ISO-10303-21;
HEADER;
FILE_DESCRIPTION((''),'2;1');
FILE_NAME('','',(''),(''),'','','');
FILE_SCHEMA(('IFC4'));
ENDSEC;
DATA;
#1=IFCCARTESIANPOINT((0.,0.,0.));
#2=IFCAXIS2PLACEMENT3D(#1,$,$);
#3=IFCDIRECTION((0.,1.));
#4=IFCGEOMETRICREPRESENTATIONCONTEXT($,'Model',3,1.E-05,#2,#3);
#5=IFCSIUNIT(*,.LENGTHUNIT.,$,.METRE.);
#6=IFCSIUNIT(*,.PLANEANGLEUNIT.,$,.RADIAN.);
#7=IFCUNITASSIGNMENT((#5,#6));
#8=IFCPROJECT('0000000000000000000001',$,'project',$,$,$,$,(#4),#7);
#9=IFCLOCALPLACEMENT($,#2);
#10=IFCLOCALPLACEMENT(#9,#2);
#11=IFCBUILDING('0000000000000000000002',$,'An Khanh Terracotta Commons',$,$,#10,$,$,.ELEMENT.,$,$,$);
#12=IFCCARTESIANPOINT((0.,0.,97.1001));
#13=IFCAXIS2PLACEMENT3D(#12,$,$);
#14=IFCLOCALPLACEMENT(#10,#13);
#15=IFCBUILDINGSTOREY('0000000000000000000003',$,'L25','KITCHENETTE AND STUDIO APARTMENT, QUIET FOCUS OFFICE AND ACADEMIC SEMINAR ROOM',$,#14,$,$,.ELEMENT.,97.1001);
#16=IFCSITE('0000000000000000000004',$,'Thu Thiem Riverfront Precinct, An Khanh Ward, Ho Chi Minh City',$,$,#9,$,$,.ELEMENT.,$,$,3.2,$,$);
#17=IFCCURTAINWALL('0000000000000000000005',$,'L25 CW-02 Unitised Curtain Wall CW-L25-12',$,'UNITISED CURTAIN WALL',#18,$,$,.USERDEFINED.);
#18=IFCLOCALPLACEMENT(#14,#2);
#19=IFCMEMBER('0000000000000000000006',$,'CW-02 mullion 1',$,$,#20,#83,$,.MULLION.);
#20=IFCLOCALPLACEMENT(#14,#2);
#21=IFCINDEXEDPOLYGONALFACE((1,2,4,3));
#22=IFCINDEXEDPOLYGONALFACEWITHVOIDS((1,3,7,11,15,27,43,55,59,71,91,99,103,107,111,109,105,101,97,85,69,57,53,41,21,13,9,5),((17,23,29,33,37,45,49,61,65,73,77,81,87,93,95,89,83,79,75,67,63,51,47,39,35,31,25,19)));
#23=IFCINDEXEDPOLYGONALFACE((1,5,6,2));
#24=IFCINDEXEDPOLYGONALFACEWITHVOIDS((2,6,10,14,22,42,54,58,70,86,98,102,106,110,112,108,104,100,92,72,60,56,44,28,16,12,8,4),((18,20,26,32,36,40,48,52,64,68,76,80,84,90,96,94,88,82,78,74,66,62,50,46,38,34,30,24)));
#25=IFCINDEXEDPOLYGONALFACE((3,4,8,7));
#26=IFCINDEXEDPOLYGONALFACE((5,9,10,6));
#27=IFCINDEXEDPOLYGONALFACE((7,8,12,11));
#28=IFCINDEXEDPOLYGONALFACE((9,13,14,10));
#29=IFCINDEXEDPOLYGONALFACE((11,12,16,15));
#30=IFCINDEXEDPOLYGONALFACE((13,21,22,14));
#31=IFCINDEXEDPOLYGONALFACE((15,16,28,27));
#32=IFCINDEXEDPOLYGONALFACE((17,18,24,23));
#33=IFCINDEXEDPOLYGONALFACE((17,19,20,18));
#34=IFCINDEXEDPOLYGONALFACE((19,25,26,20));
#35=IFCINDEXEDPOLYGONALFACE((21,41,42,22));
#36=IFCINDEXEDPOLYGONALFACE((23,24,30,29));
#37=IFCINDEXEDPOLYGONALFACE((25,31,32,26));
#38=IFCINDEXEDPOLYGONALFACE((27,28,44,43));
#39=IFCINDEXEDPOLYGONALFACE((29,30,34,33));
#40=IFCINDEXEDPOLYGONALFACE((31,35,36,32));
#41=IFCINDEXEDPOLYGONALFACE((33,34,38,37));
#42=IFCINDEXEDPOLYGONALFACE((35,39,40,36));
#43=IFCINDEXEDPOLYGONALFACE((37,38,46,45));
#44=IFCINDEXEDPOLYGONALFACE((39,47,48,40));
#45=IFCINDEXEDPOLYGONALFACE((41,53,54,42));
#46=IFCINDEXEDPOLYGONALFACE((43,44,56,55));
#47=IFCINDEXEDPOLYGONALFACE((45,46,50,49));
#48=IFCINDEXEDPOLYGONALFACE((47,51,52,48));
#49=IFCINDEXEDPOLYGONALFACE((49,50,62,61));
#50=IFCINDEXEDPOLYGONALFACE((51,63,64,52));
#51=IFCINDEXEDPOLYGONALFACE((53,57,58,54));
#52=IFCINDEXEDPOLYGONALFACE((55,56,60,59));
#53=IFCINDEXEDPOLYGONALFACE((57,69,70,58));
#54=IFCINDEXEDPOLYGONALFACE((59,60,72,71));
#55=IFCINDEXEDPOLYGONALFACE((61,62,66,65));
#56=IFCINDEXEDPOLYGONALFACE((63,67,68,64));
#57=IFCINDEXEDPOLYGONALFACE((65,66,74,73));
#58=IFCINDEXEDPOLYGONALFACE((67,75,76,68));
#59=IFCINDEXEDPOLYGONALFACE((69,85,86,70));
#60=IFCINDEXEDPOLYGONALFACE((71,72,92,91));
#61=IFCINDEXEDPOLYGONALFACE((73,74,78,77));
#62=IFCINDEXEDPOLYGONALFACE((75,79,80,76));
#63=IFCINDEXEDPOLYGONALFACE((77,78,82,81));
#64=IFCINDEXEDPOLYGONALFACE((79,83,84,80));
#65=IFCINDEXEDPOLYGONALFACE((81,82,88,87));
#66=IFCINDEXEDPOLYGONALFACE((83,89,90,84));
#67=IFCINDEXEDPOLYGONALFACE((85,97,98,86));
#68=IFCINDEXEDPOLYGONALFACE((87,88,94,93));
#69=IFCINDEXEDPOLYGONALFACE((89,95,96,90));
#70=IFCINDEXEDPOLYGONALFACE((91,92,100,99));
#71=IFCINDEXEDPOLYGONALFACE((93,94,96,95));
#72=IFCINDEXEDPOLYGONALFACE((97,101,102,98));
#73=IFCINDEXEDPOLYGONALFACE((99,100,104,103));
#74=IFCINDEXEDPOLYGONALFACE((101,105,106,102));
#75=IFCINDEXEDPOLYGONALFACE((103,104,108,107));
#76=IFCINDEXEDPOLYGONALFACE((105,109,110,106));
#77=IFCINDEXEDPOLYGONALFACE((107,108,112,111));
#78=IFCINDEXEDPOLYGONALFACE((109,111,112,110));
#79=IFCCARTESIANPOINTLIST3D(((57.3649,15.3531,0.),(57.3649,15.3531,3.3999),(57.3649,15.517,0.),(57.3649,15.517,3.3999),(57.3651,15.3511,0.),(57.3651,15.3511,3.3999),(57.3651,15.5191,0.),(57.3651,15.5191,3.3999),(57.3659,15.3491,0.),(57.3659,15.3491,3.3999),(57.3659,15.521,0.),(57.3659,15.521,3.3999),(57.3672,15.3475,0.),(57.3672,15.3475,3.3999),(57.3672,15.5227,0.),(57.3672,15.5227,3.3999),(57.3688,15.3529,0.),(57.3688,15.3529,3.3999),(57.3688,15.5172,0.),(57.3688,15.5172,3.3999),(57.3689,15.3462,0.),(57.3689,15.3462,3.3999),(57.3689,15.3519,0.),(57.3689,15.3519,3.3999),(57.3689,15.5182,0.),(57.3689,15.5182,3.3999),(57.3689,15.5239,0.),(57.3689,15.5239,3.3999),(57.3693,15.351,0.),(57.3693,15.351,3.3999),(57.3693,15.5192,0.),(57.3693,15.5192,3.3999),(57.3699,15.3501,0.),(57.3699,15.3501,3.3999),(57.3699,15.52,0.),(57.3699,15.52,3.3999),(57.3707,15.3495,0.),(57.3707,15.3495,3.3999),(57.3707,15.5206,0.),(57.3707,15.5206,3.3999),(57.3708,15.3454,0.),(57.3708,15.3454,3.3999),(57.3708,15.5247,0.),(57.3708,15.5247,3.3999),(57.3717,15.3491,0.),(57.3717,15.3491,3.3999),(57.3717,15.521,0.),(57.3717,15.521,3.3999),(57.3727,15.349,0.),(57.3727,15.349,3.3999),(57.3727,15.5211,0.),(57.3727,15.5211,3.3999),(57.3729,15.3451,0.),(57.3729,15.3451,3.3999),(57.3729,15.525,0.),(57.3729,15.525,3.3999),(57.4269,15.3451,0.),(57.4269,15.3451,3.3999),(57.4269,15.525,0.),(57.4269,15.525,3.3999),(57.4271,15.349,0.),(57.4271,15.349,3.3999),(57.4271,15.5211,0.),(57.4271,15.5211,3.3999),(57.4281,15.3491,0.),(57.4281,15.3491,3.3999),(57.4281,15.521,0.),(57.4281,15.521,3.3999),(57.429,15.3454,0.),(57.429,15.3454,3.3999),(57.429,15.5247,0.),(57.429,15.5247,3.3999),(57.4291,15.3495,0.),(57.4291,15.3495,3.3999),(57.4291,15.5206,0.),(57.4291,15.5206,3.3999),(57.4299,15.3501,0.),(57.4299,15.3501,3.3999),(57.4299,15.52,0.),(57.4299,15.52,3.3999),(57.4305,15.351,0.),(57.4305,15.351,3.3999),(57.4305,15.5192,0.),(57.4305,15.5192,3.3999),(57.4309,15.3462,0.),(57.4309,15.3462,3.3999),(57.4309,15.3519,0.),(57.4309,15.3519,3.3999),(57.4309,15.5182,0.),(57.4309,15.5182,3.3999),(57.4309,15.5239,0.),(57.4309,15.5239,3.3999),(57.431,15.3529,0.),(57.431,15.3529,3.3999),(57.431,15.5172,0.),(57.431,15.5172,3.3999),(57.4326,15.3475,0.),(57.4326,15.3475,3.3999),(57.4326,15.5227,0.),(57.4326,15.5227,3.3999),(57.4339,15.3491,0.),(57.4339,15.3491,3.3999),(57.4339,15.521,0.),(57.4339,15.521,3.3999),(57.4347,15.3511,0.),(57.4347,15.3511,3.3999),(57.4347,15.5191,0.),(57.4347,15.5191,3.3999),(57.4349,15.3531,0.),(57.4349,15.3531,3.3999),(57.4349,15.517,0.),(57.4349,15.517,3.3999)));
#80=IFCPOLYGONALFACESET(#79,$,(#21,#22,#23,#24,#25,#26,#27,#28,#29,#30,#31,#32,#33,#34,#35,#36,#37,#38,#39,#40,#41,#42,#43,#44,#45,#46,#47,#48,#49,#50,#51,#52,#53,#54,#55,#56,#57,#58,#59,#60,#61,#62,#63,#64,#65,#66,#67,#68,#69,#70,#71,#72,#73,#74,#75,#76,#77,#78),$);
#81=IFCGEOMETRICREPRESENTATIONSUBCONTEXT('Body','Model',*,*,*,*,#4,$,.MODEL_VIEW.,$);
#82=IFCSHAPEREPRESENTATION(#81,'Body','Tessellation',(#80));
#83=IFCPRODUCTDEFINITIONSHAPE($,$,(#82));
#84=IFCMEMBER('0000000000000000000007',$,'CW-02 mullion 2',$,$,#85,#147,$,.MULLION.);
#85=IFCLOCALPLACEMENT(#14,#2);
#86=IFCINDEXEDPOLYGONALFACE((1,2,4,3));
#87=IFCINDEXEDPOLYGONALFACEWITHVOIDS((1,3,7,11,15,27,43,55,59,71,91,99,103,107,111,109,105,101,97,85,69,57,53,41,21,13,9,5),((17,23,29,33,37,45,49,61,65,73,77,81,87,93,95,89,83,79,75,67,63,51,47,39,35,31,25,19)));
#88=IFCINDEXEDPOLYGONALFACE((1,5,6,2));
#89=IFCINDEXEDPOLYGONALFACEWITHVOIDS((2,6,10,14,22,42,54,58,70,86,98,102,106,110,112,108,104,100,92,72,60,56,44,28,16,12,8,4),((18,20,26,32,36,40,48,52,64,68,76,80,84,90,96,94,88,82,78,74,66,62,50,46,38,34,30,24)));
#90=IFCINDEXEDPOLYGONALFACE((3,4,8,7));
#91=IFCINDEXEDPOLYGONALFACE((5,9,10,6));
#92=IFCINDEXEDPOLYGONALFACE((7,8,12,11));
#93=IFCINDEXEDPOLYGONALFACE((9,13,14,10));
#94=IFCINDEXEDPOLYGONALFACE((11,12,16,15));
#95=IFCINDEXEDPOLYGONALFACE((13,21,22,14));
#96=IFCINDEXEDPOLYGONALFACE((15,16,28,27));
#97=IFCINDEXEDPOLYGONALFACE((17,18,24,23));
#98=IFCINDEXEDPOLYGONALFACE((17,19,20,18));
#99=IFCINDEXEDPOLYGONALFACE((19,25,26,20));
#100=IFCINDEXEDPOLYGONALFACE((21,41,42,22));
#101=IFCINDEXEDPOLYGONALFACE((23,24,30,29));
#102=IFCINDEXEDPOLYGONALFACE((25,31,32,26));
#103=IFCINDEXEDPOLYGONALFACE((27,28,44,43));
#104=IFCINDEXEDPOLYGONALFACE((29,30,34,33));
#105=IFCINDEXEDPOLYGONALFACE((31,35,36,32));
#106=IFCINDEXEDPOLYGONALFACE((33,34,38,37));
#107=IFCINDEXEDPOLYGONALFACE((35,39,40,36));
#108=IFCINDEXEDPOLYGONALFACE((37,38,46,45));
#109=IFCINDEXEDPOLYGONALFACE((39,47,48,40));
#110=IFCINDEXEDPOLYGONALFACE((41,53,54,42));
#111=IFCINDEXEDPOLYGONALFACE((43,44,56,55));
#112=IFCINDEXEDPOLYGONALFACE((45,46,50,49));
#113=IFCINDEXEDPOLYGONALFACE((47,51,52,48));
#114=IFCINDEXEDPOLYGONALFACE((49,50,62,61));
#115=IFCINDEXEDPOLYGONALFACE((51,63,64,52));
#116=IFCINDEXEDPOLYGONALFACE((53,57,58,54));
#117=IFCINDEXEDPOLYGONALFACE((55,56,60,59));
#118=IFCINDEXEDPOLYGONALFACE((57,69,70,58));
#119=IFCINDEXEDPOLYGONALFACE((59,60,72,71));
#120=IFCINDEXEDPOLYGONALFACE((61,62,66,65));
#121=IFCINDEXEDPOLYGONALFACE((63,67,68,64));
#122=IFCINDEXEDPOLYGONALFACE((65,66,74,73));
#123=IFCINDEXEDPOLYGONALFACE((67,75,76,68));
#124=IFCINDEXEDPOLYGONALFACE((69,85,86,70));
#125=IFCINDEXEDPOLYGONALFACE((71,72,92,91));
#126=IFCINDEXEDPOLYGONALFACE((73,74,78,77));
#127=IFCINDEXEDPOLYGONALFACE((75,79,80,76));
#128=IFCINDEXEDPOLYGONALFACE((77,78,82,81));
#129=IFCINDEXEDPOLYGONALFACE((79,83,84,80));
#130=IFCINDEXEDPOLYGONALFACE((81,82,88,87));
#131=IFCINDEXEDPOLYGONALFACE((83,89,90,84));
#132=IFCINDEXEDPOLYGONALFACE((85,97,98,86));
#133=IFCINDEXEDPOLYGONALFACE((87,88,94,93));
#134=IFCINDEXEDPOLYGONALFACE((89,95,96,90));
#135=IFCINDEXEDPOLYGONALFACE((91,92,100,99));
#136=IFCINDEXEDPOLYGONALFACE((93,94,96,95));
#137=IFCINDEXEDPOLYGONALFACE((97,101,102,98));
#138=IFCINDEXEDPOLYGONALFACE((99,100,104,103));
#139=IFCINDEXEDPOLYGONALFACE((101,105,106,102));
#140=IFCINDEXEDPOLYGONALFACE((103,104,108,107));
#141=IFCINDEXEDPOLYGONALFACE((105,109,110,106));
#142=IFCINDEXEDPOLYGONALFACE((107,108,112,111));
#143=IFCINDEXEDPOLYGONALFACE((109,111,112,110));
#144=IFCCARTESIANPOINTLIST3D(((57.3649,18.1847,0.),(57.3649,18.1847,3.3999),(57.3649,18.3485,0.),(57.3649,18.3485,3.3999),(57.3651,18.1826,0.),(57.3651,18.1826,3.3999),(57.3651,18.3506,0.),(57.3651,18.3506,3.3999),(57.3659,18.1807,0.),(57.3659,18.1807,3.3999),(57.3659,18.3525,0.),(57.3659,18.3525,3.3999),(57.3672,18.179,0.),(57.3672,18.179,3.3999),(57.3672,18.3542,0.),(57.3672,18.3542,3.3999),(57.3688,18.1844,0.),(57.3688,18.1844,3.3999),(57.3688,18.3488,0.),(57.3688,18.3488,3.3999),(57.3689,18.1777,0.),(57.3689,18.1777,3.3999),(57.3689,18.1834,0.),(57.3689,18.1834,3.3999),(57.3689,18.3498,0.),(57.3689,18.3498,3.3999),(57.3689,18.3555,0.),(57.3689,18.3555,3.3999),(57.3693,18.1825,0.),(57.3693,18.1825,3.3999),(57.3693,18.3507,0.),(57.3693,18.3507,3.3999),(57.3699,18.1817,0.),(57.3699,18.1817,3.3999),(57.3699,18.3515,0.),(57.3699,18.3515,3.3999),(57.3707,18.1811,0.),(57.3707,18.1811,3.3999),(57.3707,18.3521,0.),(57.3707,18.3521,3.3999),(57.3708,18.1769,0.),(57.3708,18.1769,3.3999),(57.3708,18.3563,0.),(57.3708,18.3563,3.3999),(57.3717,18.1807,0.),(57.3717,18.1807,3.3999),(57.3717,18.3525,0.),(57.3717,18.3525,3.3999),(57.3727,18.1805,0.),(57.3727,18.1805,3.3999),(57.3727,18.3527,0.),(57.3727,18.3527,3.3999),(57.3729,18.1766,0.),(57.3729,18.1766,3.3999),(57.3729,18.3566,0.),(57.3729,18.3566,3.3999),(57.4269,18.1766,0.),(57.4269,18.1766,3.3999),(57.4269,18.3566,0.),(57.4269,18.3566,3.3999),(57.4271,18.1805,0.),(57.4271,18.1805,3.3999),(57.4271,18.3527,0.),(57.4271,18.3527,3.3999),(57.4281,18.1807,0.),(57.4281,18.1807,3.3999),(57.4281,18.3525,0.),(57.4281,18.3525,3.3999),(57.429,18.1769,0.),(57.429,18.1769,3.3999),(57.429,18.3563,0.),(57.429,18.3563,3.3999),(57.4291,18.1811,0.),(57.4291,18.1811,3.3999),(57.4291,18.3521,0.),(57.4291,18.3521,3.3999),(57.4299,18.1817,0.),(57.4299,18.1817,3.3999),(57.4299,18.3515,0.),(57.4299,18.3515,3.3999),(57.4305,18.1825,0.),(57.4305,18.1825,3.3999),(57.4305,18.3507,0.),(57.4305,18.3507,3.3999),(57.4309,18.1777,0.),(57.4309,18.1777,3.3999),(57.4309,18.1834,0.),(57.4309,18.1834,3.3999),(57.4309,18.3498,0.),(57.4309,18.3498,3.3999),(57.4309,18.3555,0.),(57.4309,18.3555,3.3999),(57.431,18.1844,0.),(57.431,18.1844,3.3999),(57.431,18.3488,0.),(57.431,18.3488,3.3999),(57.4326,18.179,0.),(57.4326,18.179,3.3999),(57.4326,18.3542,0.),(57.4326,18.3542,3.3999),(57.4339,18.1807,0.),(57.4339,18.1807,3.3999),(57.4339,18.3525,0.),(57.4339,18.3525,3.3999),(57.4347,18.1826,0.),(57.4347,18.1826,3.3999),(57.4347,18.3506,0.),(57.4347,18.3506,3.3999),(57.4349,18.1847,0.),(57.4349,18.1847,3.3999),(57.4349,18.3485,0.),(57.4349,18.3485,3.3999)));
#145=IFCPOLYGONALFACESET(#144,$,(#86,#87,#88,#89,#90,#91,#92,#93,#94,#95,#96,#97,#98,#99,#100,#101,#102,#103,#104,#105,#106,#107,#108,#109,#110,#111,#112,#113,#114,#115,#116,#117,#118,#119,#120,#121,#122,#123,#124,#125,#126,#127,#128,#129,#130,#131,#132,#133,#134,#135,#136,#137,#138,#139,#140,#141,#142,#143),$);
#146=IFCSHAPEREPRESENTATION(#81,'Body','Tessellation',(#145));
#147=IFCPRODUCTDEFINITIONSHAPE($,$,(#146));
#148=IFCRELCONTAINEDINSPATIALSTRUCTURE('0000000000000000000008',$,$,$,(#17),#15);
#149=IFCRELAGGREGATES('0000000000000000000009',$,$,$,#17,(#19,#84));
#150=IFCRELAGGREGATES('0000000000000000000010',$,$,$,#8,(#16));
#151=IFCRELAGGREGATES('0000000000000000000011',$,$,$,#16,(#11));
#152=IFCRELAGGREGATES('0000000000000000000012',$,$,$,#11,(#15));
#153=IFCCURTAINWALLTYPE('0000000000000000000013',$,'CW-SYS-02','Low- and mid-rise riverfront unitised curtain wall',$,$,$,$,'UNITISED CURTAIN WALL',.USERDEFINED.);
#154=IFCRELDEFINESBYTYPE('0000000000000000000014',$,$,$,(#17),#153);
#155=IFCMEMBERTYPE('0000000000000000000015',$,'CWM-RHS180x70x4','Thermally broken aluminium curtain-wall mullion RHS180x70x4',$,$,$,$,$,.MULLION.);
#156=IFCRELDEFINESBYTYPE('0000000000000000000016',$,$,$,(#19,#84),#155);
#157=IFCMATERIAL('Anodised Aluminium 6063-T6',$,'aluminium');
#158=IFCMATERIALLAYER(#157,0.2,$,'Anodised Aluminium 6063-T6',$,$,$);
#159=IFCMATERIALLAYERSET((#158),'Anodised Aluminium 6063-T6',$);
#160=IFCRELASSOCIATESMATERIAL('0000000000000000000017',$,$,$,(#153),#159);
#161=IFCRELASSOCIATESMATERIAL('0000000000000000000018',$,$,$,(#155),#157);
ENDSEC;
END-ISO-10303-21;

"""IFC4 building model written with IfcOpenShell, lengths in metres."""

from ifc_helpers import new_model, si_unit, direction, frame, origin, origin_2d, place, context, subcontext, project, spatial, hollow_rectangle, extrude, material, layer, layer_set, material_profile, profile_set, type_object, element, aggregate, save


model = new_model("IFC4")

# Units and contexts
model_context = context("Model", 3, precision=1e-05, world=origin(), true_north=direction((0.0, 1.0)))
body_context = subcontext(model_context, "Body", "Model", "MODEL_VIEW")
ifc_project = project(units=[si_unit("LENGTHUNIT", "METRE"), si_unit("PLANEANGLEUNIT", "RADIAN")], contexts=[model_context])

# Site, building, storey
site_placement = place(None, origin())
site = spatial("IfcSite", under=ifc_project, at=site_placement, Name="Thu Thiem Riverfront Precinct, An Khanh Ward, Ho Chi Minh City", CompositionType="ELEMENT", RefElevation=3.2)
building_placement = place(site_placement, origin())
building = spatial("IfcBuilding", under=site, at=building_placement, Name="An Khanh Terracotta Commons", CompositionType="ELEMENT")
storey_placement = place(building_placement, frame((0.0, 0.0, 97.1001)))
storey = spatial("IfcBuildingStorey", under=building, at=storey_placement, Name="L25", Description="KITCHENETTE AND STUDIO APARTMENT, QUIET FOCUS OFFICE AND ACADEMIC SEMINAR ROOM", CompositionType="ELEMENT", Elevation=97.1001)

# Curtain wall, members
ifc_material_1 = material(Name="Anodised Aluminium 6063-T6", Category="aluminium")
ifc_layer_1 = layer(ifc_material_1, 0.2, Name="Anodised Aluminium 6063-T6")
ifc_layer_set_1 = layer_set([ifc_layer_1], Name="Anodised Aluminium 6063-T6")
curtain_wall_type = type_object("IfcCurtainWallType", Name="CW-SYS-02", Description="Low- and mid-rise riverfront unitised curtain wall", ElementType="UNITISED CURTAIN WALL", PredefinedType="USERDEFINED", material=ifc_layer_set_1)
ifc_material_profile_1 = material_profile(ifc_material_1, hollow_rectangle(XDim=0.0701, YDim=0.1799, WallThickness=0.0039, InnerFilletRadius=0.0039, OuterFilletRadius=0.0081, at=origin_2d()), Name="RHS180x70x4")
ifc_profile_set_1 = profile_set([ifc_material_profile_1], Name="Anodised Aluminium 6063-T6")
member_type_1 = type_object("IfcMemberType", Name="CWM-RHS180x70x4", Description="Thermally broken aluminium curtain-wall mullion RHS180x70x4", PredefinedType="MULLION", material=ifc_profile_set_1)
curtain_wall_1_placement = place(storey_placement, origin())
curtain_wall_1 = element("IfcCurtainWall", 1, at=curtain_wall_1_placement, inside=storey, type_object=curtain_wall_type, Name="L25 CW-02 Unitised Curtain Wall CW-L25-12", ObjectType="UNITISED CURTAIN WALL", PredefinedType="USERDEFINED")
member_1_placement = place(storey_placement, frame((57.3999, 15.4351, 0.0), z_axis=(0.0, 0.0, 1.0), x_axis=(-1.0, 0.0, 0.0)))
member_1 = element("IfcMember", 2, at=member_1_placement, type_object=member_type_1, Name="CW-02 mullion 1", PredefinedType="MULLION", context=body_context, shape_type="SweptSolid", body=[
    extrude(hollow_rectangle(XDim=0.0701, YDim=0.1799, WallThickness=0.0039, InnerFilletRadius=0.0039, OuterFilletRadius=0.0081, at=origin_2d()), origin(), (0.0, 0.0, 1.0), 3.3999),
])
member_2_placement = place(storey_placement, frame((57.3999, 18.2666, 0.0), z_axis=(0.0, 0.0, 1.0), x_axis=(-1.0, 0.0, 0.0)))
member_2 = element("IfcMember", 3, at=member_2_placement, type_object=member_type_1, Name="CW-02 mullion 2", PredefinedType="MULLION", context=body_context, shape_type="SweptSolid", body=[
    extrude(hollow_rectangle(XDim=0.0701, YDim=0.1799, WallThickness=0.0039, InnerFilletRadius=0.0039, OuterFilletRadius=0.0081, at=origin_2d()), origin(), (0.0, 0.0, 1.0), 3.3999),
])

aggregate(curtain_wall_1, [member_1, member_2])

save(model, "model.ifc")
